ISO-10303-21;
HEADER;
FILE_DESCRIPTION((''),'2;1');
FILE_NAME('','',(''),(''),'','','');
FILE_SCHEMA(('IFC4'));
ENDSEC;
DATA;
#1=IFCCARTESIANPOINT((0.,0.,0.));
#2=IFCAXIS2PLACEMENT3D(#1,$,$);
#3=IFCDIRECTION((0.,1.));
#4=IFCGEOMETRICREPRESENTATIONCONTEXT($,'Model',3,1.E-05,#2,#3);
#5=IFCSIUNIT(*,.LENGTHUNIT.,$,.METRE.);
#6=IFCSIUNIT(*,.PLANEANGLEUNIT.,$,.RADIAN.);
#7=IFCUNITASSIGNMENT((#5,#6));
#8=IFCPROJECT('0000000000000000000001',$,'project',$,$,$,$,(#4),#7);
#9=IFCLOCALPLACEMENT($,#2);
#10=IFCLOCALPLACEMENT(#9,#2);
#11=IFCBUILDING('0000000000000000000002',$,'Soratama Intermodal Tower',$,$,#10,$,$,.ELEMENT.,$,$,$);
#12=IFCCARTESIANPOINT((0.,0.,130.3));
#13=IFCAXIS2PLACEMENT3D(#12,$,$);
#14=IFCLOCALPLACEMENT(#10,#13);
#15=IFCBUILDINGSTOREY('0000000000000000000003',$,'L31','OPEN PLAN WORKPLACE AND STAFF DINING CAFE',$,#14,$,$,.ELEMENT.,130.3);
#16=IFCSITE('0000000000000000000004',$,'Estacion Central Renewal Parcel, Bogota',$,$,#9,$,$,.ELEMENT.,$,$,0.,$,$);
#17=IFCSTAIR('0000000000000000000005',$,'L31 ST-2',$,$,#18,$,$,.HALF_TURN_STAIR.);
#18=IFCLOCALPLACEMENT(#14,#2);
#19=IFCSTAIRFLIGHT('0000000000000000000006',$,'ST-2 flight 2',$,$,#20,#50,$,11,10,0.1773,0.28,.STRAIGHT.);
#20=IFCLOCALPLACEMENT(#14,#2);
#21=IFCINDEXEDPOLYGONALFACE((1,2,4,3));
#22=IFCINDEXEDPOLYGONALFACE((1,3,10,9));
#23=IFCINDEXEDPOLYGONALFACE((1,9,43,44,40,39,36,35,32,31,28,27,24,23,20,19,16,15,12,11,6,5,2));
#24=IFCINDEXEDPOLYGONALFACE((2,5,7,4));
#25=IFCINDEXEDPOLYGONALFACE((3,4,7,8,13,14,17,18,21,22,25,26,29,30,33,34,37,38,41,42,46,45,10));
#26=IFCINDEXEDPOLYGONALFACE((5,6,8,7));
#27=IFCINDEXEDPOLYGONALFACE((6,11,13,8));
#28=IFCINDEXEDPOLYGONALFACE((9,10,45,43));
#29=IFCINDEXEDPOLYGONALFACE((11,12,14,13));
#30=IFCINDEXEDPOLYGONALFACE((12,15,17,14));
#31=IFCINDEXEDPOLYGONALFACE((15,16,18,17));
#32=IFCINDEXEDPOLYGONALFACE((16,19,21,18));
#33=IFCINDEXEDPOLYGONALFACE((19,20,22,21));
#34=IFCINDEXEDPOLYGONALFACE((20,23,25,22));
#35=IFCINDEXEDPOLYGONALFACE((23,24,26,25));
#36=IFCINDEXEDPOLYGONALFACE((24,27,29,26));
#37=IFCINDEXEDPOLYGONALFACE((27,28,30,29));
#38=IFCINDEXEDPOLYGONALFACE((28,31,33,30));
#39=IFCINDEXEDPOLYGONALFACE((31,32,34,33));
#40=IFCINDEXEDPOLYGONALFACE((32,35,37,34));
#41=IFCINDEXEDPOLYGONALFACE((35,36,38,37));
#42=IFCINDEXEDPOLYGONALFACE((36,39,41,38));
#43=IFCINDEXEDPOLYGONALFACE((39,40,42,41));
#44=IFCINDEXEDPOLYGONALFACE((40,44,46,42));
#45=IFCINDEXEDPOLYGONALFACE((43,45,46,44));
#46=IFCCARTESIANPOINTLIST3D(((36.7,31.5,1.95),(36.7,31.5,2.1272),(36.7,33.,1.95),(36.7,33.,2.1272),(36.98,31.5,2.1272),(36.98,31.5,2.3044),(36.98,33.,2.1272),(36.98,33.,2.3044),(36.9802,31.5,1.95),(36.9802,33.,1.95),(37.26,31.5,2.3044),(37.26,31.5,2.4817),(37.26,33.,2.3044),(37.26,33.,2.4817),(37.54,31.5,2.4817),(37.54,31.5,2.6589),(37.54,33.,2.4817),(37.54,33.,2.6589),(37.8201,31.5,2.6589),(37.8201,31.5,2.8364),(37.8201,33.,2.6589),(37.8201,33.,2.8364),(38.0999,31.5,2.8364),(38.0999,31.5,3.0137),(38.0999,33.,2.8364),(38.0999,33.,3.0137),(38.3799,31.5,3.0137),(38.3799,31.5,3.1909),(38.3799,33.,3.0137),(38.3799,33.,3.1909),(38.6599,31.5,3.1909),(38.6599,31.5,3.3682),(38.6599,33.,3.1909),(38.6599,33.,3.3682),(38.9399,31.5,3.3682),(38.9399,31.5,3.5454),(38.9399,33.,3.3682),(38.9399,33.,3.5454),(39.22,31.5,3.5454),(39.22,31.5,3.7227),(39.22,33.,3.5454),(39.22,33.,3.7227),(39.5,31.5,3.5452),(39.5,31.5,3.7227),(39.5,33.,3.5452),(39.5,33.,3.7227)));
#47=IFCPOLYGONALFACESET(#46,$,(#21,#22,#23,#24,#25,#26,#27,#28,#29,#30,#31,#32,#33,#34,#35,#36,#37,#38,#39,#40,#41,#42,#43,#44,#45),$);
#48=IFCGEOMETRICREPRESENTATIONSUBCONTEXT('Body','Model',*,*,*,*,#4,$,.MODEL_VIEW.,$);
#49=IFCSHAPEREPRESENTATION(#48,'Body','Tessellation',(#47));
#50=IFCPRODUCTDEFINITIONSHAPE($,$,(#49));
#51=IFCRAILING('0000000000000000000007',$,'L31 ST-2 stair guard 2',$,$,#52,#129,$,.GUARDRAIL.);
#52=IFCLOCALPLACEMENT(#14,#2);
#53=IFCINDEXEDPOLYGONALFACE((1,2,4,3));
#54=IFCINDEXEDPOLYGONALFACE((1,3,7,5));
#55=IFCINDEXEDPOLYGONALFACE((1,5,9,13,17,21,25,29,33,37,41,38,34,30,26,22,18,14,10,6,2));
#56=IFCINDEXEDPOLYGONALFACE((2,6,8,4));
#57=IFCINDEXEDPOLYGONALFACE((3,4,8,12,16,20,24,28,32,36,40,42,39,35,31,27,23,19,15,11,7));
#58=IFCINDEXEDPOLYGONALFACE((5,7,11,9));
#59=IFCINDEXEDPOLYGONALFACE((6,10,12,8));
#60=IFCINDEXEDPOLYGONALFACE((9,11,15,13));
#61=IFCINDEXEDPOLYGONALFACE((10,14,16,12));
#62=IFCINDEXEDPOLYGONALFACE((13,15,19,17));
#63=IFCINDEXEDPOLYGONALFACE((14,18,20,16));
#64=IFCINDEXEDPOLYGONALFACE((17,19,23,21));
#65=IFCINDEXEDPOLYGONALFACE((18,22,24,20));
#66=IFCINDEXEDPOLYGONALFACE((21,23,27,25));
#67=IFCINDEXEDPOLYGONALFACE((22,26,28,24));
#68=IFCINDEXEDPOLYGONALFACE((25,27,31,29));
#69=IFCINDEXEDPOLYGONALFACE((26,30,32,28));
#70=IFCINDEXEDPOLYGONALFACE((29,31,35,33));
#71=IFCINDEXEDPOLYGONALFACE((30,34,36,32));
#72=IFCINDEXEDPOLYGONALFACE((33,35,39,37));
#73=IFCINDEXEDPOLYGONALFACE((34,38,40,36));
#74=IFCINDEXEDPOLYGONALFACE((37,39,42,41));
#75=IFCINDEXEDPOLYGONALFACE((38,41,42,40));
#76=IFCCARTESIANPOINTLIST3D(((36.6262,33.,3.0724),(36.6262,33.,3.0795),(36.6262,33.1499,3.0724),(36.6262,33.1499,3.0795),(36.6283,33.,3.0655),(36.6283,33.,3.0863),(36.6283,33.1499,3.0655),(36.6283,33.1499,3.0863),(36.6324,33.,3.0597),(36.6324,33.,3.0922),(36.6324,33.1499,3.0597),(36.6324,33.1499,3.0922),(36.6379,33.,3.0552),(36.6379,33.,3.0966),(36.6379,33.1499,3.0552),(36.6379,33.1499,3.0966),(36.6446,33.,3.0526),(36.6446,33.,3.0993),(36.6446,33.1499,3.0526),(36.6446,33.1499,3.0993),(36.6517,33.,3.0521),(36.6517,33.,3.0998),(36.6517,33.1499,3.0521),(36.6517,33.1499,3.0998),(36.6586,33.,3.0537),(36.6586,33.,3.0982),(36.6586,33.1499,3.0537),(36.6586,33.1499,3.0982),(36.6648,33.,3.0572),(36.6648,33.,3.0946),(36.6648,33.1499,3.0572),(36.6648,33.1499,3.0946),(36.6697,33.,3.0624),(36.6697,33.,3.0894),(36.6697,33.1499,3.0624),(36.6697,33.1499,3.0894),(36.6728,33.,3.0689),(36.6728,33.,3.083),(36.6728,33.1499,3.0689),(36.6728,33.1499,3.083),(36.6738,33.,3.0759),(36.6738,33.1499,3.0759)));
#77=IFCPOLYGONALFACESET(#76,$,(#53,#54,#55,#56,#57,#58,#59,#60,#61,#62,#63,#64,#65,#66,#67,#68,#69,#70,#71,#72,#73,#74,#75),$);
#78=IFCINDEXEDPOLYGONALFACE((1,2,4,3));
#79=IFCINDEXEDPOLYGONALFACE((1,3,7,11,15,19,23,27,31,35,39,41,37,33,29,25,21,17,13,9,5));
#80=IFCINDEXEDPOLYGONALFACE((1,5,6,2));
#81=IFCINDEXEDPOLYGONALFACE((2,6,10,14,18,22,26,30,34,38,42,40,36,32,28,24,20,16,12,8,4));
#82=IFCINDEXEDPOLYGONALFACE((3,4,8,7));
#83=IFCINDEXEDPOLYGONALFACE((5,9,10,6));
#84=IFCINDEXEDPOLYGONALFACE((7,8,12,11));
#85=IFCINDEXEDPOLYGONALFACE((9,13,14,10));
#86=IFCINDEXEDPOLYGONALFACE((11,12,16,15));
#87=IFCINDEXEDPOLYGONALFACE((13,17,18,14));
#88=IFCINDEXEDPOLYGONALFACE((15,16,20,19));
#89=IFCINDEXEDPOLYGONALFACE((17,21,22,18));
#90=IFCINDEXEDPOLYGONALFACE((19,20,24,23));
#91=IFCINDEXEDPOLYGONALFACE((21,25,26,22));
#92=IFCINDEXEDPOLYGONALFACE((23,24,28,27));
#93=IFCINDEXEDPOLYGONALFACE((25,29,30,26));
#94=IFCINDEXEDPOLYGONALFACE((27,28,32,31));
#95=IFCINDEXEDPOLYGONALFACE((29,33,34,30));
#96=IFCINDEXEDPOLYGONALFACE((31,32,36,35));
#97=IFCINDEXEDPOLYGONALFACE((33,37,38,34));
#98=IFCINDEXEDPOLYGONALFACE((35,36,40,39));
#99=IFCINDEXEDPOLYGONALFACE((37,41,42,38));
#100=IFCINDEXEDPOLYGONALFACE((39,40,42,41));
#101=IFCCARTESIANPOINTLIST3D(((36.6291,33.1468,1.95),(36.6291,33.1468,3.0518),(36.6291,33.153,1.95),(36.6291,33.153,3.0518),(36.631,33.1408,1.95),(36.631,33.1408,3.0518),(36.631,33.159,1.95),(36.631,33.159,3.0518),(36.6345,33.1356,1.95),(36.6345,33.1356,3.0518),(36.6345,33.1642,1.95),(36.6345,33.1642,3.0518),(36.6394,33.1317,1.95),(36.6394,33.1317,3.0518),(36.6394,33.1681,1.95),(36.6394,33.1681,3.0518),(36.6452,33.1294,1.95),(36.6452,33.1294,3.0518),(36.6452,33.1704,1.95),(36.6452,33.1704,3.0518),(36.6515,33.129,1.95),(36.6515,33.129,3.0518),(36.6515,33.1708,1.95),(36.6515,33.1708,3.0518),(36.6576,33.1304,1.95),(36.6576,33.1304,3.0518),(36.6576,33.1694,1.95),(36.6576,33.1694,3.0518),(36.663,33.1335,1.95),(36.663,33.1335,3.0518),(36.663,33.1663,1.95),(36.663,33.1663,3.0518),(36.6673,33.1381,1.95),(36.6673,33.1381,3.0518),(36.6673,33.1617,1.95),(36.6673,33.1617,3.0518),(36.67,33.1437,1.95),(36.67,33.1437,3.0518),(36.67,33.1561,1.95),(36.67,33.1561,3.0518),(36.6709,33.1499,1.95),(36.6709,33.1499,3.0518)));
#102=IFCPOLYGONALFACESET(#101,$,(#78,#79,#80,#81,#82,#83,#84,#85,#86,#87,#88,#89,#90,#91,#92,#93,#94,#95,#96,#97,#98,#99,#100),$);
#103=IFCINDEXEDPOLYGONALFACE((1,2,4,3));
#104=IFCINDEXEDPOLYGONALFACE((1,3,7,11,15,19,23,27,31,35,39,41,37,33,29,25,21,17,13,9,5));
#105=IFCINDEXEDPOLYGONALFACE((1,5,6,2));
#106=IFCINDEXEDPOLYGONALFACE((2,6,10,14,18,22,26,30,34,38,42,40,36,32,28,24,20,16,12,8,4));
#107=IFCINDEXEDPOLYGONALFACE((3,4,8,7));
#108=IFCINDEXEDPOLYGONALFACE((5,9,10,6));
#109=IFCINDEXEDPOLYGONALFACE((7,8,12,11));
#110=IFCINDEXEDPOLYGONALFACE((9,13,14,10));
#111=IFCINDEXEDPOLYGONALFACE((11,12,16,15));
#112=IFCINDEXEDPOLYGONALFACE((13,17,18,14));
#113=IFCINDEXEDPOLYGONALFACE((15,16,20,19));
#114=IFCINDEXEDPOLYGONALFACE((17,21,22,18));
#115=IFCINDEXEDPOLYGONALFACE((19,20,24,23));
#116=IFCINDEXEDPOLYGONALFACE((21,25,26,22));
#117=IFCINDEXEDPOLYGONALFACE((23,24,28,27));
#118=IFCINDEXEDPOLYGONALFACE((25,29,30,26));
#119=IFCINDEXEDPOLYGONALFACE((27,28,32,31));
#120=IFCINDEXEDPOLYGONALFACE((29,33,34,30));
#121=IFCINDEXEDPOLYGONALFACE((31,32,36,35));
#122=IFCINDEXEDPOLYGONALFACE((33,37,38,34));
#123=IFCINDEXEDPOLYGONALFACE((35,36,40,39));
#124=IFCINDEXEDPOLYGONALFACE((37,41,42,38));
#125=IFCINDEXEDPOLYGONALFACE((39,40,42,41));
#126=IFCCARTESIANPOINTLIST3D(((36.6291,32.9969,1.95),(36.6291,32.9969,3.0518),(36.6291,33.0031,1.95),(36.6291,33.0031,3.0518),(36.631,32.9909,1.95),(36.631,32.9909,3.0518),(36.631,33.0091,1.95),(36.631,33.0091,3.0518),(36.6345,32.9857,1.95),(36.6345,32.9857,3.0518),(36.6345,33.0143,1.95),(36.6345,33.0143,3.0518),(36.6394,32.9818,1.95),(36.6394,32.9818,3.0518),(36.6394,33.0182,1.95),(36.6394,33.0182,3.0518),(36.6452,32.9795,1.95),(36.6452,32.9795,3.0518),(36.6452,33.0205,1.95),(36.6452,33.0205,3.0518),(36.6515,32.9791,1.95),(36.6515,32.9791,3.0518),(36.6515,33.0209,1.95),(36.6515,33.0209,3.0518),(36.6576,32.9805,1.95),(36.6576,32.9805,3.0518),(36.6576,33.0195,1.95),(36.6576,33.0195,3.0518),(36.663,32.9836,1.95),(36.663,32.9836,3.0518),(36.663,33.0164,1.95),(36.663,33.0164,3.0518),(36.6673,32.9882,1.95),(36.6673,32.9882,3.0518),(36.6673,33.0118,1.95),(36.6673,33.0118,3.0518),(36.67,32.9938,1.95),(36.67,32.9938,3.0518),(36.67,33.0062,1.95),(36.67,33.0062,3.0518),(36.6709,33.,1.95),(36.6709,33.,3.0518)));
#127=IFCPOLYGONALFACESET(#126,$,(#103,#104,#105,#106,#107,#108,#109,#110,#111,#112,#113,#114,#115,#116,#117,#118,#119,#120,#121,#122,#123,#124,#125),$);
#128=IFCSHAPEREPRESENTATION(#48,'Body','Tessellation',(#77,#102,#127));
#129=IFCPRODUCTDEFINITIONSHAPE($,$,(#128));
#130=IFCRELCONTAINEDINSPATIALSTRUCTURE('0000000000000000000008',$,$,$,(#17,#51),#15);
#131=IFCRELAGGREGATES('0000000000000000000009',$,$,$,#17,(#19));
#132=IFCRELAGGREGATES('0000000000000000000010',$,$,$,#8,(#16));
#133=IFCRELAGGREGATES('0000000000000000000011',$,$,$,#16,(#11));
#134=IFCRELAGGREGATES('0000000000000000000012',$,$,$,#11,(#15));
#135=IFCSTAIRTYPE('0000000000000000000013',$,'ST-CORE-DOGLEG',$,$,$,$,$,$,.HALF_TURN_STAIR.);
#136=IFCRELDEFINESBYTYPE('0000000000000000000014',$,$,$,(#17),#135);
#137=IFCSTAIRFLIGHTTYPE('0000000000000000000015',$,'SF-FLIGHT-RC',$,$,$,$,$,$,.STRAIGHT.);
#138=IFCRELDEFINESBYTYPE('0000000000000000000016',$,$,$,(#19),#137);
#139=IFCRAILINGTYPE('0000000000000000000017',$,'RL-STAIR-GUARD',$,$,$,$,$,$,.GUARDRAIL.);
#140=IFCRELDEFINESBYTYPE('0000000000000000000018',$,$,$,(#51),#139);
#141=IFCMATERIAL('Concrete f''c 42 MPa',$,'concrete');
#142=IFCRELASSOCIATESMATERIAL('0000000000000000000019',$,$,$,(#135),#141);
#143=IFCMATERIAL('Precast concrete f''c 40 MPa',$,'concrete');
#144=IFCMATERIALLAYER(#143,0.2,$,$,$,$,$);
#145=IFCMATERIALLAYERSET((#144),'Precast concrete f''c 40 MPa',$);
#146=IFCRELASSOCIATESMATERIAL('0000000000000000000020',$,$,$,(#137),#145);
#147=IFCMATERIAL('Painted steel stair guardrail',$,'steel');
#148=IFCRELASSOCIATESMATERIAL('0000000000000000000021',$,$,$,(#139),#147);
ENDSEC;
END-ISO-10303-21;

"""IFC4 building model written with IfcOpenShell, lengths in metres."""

from ifc_helpers import new_model, si_unit, direction, frame, origin, origin_2d, place, context, subcontext, project, spatial, polyline, circle, outline, extrude, material, layer, layer_set, type_object, element, aggregate, save


model = new_model("IFC4")

# Units and contexts
model_context = context("Model", 3, precision=1e-05, world=origin(), true_north=direction((0.0, 1.0)))
body_context = subcontext(model_context, "Body", "Model", "MODEL_VIEW")
ifc_project = project(units=[si_unit("LENGTHUNIT", "METRE"), si_unit("PLANEANGLEUNIT", "RADIAN")], contexts=[model_context])

# Site, building, storey
site_placement = place(None, origin())
site = spatial("IfcSite", under=ifc_project, at=site_placement, Name="Estacion Central Renewal Parcel, Bogota", CompositionType="ELEMENT", RefElevation=0.0)
building_placement = place(site_placement, origin())
building = spatial("IfcBuilding", under=site, at=building_placement, Name="Soratama Intermodal Tower", CompositionType="ELEMENT")
storey_placement = place(building_placement, frame((0.0, 0.0, 130.3)))
storey = spatial("IfcBuildingStorey", under=building, at=storey_placement, Name="L31", Description="OPEN PLAN WORKPLACE AND STAFF DINING CAFE", CompositionType="ELEMENT", Elevation=130.3)

# Stair, stair flight
ifc_material_1 = material(Name="Concrete f'c 42 MPa", Category="concrete")
stair_type = type_object("IfcStairType", Name="ST-CORE-DOGLEG", PredefinedType="HALF_TURN_STAIR", material=ifc_material_1)
stair_placement = place(storey_placement, origin())
stair = element("IfcStair", 1, at=stair_placement, inside=storey, type_object=stair_type, Name="L31 ST-2", PredefinedType="HALF_TURN_STAIR")
ifc_material_2 = material(Name="Precast concrete f'c 40 MPa", Category="concrete")
ifc_layer_1 = layer(ifc_material_2, 0.2)
ifc_layer_set_1 = layer_set([ifc_layer_1], Name="Precast concrete f'c 40 MPa")
stair_flight_type = type_object("IfcStairFlightType", Name="SF-FLIGHT-RC", PredefinedType="STRAIGHT", material=ifc_layer_set_1)
stair_flight_placement = place(storey_placement, frame((36.7, 32.25, 1.95), z_axis=(0.0, 0.0, 1.0), x_axis=(1.0, 0.0, 0.0)))
stair_flight = element("IfcStairFlight", 2, at=stair_flight_placement, type_object=stair_flight_type, Name="ST-2 flight 2", NumberOfRisers=11, NumberOfTreads=10, PredefinedType="STRAIGHT", RiserHeight=0.1773, TreadLength=0.28, context=body_context, shape_type="SweptSolid", body=[
    extrude(outline(polyline([(0.0, 0.0), (0.0, 0.1772), (0.28, 0.1772), (0.28, 0.3545), (0.5601, 0.3545), (0.5601, 0.5317), (0.8401, 0.5317), (0.8401, 0.709), (1.1201, 0.709), (1.1201, 0.8865), (1.3999, 0.8865), (1.3999, 1.0637), (1.6799, 1.0637), (1.6799, 1.241), (1.96, 1.241), (1.96, 1.4182), (2.24, 1.4182), (2.24, 1.5955), (2.52, 1.5955), (2.52, 1.7727), (2.8, 1.7727), (2.8, 1.95), (2.8, 1.5952), (0.2803, 0.0), (0.0, 0.0)])), frame((0.0, 0.75, 0.0), z_axis=(0.0, -1.0, 0.0), x_axis=(1.0, 0.0, 0.0)), (0.0, 0.0, 1.0), 1.5),
])
aggregate(stair, [stair_flight])

# Railing
ifc_material_3 = material(Name="Painted steel stair guardrail", Category="steel")
railing_type_1 = type_object("IfcRailingType", Name="RL-STAIR-GUARD", PredefinedType="GUARDRAIL", material=ifc_material_3)
railing_1_placement = place(storey_placement, frame((36.6499, 33.1499, 1.95)))
element("IfcRailing", 3, at=railing_1_placement, inside=storey, type_object=railing_type_1, Name="L31 ST-2 stair guard 2", PredefinedType="GUARDRAIL", context=body_context, shape_type="SweptSolid", body=[
    extrude(circle(Radius=0.0239, at=origin_2d()), frame((0.0, 0.0, 1.126), z_axis=(0.0, -1.0, 0.0), x_axis=(1.0, 0.0, 0.0)), (0.0, 0.0, 1.0), 0.1499),
    extrude(circle(Radius=0.021, at=origin_2d()), origin(), (0.0, 0.0, 1.0), 1.1018),
    extrude(circle(Radius=0.021, at=origin_2d()), frame((0.0, -0.1499, 0.0)), (0.0, 0.0, 1.0), 1.1018),
])

save(model, "model.ifc")
